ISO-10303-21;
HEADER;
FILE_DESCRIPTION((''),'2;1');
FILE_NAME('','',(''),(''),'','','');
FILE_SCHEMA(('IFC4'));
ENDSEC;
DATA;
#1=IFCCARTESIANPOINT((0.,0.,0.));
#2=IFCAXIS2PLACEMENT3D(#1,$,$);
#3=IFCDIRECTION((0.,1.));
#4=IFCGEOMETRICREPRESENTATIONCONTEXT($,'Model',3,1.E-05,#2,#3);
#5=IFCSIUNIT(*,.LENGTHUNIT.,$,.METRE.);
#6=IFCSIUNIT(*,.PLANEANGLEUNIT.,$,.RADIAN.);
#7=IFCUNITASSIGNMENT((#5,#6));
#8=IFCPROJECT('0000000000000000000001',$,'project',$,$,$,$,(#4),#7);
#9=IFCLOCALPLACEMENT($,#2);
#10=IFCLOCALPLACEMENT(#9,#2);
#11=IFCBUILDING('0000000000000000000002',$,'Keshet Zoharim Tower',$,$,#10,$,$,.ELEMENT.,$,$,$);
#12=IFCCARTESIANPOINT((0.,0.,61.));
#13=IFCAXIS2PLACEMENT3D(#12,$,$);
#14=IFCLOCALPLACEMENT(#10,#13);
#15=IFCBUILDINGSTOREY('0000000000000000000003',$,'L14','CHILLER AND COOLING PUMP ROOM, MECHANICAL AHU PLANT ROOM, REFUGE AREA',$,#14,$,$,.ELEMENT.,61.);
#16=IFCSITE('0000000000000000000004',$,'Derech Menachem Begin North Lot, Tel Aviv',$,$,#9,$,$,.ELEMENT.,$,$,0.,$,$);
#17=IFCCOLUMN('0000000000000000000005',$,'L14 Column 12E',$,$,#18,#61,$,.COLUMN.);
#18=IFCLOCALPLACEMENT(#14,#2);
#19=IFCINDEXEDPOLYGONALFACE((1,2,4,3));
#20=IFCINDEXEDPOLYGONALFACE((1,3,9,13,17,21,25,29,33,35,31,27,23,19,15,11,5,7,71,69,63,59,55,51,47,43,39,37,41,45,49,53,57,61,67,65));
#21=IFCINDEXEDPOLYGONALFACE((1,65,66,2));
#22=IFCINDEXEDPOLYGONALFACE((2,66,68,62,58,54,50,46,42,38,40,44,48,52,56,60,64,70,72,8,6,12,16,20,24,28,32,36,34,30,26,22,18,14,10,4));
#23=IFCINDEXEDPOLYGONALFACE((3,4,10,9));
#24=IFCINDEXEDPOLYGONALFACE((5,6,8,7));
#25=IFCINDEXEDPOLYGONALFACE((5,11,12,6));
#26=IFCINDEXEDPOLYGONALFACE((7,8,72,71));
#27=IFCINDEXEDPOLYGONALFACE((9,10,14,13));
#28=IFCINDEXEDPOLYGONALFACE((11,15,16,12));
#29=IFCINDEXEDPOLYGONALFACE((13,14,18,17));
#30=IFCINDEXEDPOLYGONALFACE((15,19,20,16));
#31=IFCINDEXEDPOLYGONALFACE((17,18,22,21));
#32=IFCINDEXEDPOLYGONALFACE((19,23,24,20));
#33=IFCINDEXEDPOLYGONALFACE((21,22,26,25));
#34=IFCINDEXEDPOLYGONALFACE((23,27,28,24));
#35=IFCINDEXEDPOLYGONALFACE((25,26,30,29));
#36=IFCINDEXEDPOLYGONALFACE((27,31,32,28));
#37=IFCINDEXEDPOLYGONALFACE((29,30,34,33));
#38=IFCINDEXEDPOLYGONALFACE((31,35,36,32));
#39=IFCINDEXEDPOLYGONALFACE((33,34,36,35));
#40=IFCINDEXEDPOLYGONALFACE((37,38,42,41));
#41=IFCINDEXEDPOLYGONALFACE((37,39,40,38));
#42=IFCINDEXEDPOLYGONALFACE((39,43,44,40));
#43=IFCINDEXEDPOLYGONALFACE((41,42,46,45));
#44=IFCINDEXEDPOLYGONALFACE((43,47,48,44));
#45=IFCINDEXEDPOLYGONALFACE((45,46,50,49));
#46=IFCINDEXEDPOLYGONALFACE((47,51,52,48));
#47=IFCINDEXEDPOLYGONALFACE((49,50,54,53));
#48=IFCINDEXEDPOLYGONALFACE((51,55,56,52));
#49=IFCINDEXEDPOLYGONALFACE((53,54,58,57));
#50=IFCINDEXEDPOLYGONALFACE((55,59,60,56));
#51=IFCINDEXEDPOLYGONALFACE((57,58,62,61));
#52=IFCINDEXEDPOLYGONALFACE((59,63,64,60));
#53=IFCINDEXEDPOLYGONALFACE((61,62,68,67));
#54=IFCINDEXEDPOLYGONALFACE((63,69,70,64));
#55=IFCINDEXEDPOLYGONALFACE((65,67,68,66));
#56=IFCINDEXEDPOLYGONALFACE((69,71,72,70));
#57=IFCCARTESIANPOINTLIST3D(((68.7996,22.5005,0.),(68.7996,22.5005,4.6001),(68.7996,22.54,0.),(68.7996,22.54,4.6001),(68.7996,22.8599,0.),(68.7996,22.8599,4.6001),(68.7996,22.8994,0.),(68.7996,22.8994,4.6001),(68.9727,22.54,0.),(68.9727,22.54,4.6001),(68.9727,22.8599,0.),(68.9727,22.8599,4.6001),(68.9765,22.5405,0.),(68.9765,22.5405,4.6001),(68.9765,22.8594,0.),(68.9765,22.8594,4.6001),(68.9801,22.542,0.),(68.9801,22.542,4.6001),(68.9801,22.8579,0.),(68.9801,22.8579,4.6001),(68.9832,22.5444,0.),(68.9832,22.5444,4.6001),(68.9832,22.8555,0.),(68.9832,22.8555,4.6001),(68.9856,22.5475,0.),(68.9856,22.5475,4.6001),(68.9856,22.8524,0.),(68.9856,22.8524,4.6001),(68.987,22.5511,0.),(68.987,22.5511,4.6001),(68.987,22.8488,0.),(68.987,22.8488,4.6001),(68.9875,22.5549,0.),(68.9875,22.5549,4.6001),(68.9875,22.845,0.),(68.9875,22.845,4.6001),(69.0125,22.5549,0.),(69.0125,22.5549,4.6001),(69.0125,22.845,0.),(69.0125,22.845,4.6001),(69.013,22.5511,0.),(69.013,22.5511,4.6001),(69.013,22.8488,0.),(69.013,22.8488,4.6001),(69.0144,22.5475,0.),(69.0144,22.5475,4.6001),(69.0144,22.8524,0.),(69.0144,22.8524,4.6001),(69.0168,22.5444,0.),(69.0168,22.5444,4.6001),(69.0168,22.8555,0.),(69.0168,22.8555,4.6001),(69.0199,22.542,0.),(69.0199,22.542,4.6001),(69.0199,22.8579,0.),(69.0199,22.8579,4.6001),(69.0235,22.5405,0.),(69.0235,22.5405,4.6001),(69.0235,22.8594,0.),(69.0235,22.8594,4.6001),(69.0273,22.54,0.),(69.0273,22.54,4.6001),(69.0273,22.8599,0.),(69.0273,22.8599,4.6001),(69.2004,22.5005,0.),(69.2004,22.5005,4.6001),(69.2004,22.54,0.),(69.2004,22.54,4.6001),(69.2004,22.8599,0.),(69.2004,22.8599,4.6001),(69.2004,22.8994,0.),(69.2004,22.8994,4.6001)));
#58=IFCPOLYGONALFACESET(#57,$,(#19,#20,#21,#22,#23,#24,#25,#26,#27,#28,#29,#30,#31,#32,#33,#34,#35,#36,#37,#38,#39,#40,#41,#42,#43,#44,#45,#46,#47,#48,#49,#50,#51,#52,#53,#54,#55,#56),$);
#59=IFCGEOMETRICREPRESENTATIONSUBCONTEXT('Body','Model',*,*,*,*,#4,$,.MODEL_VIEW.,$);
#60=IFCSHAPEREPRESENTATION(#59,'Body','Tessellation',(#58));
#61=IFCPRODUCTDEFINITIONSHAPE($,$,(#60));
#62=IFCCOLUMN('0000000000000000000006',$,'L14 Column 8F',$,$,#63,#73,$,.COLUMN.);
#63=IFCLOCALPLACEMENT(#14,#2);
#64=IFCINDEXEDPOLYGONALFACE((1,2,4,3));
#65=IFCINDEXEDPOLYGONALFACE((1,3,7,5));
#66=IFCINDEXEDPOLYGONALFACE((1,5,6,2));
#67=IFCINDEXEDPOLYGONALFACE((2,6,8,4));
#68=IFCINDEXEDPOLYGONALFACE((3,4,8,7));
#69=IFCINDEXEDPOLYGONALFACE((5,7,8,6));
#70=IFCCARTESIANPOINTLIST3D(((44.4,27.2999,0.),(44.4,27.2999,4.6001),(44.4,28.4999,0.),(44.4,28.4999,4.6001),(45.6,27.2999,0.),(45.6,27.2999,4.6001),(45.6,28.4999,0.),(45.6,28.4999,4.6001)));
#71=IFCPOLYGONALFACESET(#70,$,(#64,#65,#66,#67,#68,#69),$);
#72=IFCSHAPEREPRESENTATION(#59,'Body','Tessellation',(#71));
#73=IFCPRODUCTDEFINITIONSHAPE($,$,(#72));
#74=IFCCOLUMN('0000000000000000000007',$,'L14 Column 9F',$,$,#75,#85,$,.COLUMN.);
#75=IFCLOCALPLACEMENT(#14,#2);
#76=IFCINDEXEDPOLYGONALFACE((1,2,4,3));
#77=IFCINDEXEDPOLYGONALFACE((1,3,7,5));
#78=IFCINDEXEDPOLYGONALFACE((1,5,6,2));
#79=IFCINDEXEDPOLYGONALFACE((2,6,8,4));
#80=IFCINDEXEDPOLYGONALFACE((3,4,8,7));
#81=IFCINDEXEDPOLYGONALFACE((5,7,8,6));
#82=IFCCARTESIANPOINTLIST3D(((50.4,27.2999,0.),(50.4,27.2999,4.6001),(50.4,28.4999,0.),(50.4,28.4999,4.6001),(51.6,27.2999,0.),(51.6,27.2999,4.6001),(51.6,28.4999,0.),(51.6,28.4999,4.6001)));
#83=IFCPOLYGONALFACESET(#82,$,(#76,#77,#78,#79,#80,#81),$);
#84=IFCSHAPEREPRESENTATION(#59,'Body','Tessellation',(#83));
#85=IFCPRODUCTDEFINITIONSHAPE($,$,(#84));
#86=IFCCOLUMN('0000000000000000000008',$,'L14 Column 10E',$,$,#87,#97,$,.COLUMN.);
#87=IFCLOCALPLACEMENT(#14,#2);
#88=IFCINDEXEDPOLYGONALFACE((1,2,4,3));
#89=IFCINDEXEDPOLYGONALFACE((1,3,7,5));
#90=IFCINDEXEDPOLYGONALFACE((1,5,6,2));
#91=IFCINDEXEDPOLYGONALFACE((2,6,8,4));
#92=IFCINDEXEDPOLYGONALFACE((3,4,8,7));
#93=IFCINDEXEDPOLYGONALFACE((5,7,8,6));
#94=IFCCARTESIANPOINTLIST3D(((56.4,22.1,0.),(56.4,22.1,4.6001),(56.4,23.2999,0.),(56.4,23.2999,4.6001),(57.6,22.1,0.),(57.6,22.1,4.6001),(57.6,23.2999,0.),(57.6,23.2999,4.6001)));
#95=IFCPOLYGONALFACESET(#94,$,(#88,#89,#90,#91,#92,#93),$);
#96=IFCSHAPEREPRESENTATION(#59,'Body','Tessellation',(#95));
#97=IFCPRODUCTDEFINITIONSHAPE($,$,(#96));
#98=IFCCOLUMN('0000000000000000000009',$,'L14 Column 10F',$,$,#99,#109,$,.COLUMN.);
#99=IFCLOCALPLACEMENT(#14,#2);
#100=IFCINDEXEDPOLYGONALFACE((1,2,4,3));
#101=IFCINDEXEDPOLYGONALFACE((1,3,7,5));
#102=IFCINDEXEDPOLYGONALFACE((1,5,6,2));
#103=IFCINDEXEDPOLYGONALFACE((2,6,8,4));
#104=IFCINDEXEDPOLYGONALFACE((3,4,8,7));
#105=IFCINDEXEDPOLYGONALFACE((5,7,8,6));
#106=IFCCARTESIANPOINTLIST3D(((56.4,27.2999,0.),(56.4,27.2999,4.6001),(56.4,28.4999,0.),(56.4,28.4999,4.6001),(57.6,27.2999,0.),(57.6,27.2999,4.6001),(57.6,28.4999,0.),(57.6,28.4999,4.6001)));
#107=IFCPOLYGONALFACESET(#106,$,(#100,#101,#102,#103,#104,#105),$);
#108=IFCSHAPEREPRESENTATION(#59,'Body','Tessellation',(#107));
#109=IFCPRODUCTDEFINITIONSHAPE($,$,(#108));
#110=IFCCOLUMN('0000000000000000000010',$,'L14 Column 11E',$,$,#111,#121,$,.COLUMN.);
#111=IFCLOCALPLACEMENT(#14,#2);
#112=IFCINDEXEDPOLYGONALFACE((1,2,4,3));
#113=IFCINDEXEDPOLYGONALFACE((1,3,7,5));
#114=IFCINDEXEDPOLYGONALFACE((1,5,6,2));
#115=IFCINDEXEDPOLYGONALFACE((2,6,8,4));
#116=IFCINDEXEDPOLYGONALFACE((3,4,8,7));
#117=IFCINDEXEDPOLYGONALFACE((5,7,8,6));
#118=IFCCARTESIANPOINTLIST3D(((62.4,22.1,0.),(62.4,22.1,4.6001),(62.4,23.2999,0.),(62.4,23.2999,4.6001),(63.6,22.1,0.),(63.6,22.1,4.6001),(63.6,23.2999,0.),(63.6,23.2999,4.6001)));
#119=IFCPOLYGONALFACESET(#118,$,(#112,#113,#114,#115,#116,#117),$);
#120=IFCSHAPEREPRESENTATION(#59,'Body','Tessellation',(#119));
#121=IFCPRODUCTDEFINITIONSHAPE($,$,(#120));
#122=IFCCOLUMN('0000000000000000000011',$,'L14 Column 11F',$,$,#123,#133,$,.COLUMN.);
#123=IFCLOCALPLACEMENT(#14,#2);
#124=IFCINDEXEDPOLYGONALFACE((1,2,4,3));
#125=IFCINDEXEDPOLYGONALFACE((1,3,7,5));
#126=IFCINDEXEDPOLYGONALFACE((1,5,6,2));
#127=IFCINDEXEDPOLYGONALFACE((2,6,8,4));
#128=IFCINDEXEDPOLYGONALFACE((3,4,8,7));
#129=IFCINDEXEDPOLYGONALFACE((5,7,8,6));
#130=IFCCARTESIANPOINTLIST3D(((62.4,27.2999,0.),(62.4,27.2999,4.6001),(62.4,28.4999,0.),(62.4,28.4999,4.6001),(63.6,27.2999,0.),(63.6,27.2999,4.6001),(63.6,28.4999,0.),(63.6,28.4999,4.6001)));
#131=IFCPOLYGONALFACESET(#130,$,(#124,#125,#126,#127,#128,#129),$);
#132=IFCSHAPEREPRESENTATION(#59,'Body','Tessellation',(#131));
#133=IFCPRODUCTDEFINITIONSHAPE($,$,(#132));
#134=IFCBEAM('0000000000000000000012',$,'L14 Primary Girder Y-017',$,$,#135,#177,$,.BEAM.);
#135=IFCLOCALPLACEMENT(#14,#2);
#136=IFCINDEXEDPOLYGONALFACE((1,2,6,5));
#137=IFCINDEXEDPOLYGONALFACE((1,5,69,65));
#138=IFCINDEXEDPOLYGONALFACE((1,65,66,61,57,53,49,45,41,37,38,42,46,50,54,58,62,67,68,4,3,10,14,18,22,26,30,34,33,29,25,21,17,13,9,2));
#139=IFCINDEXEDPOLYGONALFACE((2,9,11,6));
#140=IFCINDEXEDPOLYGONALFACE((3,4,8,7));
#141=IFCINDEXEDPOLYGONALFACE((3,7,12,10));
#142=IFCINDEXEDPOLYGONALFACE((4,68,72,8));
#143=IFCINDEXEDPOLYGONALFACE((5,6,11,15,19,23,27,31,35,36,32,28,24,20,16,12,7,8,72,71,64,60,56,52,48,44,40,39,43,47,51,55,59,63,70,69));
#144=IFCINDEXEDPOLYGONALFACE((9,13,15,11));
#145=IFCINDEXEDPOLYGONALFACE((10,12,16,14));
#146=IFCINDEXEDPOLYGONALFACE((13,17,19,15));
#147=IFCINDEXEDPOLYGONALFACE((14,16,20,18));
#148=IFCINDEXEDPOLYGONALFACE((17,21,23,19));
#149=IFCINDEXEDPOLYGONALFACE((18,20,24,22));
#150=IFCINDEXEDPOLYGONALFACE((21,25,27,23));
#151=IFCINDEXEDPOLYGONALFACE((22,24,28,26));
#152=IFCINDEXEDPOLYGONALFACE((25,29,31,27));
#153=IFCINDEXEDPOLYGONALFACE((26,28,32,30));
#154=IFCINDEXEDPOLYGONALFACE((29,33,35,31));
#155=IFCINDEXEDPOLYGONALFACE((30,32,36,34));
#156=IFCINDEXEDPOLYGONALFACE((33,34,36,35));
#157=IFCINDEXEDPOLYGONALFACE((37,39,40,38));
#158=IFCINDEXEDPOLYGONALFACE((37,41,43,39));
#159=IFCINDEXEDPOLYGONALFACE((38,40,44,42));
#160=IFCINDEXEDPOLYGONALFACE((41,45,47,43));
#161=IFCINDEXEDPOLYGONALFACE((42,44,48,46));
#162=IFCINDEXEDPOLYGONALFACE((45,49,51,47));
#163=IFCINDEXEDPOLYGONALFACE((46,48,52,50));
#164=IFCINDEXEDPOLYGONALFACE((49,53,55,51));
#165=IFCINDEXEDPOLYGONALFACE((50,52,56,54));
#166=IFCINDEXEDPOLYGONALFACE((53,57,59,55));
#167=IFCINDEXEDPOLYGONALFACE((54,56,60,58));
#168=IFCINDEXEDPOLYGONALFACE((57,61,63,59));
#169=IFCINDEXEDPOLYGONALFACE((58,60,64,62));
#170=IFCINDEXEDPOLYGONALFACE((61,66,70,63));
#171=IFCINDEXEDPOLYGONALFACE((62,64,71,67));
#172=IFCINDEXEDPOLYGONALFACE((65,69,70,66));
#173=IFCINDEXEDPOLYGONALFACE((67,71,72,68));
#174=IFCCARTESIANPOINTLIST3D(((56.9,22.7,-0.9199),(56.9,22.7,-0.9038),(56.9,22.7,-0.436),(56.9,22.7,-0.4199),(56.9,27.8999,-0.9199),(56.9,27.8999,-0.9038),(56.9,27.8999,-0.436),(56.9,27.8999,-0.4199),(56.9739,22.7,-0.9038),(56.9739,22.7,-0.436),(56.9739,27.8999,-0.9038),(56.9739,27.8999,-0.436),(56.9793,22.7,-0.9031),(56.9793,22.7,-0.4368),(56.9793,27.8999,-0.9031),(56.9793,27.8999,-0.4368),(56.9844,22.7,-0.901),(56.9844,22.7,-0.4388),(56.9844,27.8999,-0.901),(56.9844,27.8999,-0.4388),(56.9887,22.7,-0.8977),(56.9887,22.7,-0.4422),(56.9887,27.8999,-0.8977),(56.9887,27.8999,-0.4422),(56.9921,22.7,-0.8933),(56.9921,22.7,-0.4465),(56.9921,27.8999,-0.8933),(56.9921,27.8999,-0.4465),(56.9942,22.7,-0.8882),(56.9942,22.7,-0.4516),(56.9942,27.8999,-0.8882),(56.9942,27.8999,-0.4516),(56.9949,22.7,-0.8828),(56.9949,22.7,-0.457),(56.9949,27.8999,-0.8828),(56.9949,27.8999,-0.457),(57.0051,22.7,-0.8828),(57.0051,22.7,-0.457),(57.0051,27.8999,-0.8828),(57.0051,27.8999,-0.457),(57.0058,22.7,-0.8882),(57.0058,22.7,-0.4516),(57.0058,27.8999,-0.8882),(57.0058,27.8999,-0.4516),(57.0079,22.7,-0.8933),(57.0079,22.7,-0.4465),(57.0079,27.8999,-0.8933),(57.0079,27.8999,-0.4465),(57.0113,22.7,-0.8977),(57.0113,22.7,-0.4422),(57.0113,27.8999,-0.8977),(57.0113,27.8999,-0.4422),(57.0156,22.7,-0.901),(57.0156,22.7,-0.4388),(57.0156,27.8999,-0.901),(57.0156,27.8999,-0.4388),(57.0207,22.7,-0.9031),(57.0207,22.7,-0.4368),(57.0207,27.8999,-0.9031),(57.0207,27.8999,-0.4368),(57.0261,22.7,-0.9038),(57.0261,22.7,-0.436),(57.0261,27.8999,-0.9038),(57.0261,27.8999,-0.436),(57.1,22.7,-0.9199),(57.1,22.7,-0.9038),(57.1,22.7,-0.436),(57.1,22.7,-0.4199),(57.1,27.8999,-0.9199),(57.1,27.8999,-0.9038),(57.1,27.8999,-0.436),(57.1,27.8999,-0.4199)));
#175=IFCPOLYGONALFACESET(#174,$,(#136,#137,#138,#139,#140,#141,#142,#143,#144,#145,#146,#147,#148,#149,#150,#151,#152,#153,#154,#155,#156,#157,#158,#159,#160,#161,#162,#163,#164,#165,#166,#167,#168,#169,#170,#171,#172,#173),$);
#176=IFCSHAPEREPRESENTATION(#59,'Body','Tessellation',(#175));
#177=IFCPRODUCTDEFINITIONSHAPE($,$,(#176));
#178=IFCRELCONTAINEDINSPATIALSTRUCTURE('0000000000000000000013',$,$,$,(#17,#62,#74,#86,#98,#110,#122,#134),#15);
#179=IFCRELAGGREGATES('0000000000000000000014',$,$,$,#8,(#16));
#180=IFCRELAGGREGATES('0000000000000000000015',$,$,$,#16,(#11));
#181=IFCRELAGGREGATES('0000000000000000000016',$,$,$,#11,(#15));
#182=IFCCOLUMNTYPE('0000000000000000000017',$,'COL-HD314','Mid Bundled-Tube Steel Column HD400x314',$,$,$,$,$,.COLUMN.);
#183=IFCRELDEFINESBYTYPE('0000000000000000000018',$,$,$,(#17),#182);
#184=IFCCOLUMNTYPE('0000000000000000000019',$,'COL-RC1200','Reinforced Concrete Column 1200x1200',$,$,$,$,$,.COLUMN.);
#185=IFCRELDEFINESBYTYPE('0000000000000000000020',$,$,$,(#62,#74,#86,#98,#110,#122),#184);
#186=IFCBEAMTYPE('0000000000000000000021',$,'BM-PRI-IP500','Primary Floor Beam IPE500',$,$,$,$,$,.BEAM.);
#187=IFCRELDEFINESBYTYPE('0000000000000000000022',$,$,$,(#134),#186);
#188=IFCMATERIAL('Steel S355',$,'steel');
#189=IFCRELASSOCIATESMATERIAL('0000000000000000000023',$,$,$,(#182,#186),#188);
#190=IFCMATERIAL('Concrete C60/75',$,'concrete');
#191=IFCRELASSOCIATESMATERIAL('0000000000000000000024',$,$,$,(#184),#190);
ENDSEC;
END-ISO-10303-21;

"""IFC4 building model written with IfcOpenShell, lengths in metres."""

from ifc_helpers import new_model, si_unit, direction, frame, origin, origin_2d, place, context, subcontext, project, spatial, rectangle, i_section, extrude, material, material_profile, profile_set, type_object, element, save


model = new_model("IFC4")

# Units and contexts
model_context = context("Model", 3, precision=1e-05, world=origin(), true_north=direction((0.0, 1.0)))
body_context = subcontext(model_context, "Body", "Model", "MODEL_VIEW")
ifc_project = project(units=[si_unit("LENGTHUNIT", "METRE"), si_unit("PLANEANGLEUNIT", "RADIAN")], contexts=[model_context])

# Site, building, storey
site_placement = place(None, origin())
site = spatial("IfcSite", under=ifc_project, at=site_placement, Name="Derech Menachem Begin North Lot, Tel Aviv", CompositionType="ELEMENT", RefElevation=0.0)
building_placement = place(site_placement, origin())
building = spatial("IfcBuilding", under=site, at=building_placement, Name="Keshet Zoharim Tower", CompositionType="ELEMENT")
storey_placement = place(building_placement, frame((0.0, 0.0, 61.0)))
storey = spatial("IfcBuildingStorey", under=building, at=storey_placement, Name="L14", Description="CHILLER AND COOLING PUMP ROOM, MECHANICAL AHU PLANT ROOM, REFUGE AREA", CompositionType="ELEMENT", Elevation=61.0)

# Columns
ifc_material_1 = material(Name="Steel S355", Category="steel")
ifc_material_profile_1 = material_profile(ifc_material_1, i_section(OverallWidth=0.4009, OverallDepth=0.3989, WebThickness=0.0249, FlangeThickness=0.0396, FilletRadius=0.0149, at=origin_2d()), Name="HD400x314")
ifc_profile_set_1 = profile_set([ifc_material_profile_1], Name="Steel S355")
column_type_1 = type_object("IfcColumnType", Name="COL-HD314", Description="Mid Bundled-Tube Steel Column HD400x314", PredefinedType="COLUMN", material=ifc_profile_set_1)
column_placement = place(storey_placement, frame((69.0, 22.7, 0.0), z_axis=(0.0, 0.0, 1.0), x_axis=(1.0, 0.0, 0.0)))
element("IfcColumn", 1, at=column_placement, inside=storey, type_object=column_type_1, Name="L14 Column 12E", PredefinedType="COLUMN", context=body_context, shape_type="SweptSolid", body=[
    extrude(i_section(OverallWidth=0.4009, OverallDepth=0.3989, WebThickness=0.0249, FlangeThickness=0.0396, FilletRadius=0.0149, at=origin_2d()), origin(), (0.0, 0.0, 1.0), 4.6001),
])
ifc_material_2 = material(Name="Concrete C60/75", Category="concrete")
ifc_material_profile_2 = material_profile(ifc_material_2, rectangle(XDim=1.2, YDim=1.2, at=origin_2d()), Name="RC1200x1200")
ifc_profile_set_2 = profile_set([ifc_material_profile_2], Name="Concrete C60/75")
column_type_2 = type_object("IfcColumnType", Name="COL-RC1200", Description="Reinforced Concrete Column 1200x1200", PredefinedType="COLUMN", material=ifc_profile_set_2)
for number, where, z_axis, x_axis, name in (
    (2, (45.0, 27.8999, 0.0), (0.0, 0.0, 1.0), (1.0, 0.0, 0.0), "L14 Column 8F"),
    (3, (51.0, 27.8999, 0.0), (0.0, 0.0, 1.0), (1.0, 0.0, 0.0), "L14 Column 9F"),
    (4, (57.0, 22.7, 0.0), (0.0, 0.0, 1.0), (1.0, 0.0, 0.0), "L14 Column 10E"),
    (5, (57.0, 27.8999, 0.0), (0.0, 0.0, 1.0), (1.0, 0.0, 0.0), "L14 Column 10F"),
    (6, (63.0, 22.7, 0.0), (0.0, 0.0, 1.0), (1.0, 0.0, 0.0), "L14 Column 11E"),
    (7, (63.0, 27.8999, 0.0), (0.0, 0.0, 1.0), (1.0, 0.0, 0.0), "L14 Column 11F"),
):
    element("IfcColumn", number, at=place(storey_placement, frame(where, z_axis=z_axis, x_axis=x_axis)), inside=storey, type_object=column_type_2, Name=name, PredefinedType="COLUMN", context=body_context, shape_type="SweptSolid", body=[
        extrude(rectangle(XDim=1.2, YDim=1.2, at=origin_2d()), origin(), (0.0, 0.0, 1.0), 4.6001),
    ])

# Beam
ifc_material_profile_3 = material_profile(ifc_material_1, i_section(OverallWidth=0.2, OverallDepth=0.5, WebThickness=0.0103, FlangeThickness=0.0161, FilletRadius=0.021, at=origin_2d()), Name="IPE500")
ifc_profile_set_3 = profile_set([ifc_material_profile_3], Name="Steel S355")
beam_type_1 = type_object("IfcBeamType", Name="BM-PRI-IP500", Description="Primary Floor Beam IPE500", PredefinedType="BEAM", material=ifc_profile_set_3)
for number, where, z_axis, x_axis, name in (
    (8, (57.0, 22.7, -0.6699), (0.0, 1.0, 0.0), (-1.0, 0.0, 0.0), "L14 Primary Girder Y-017"),
):
    element("IfcBeam", number, at=place(storey_placement, frame(where, z_axis=z_axis, x_axis=x_axis)), inside=storey, type_object=beam_type_1, Name=name, PredefinedType="BEAM", context=body_context, shape_type="SweptSolid", body=[
        extrude(i_section(OverallWidth=0.2, OverallDepth=0.5, WebThickness=0.0103, FlangeThickness=0.0161, FilletRadius=0.021, at=origin_2d()), origin(), (0.0, 0.0, 1.0), 5.2),
    ])

save(model, "model.ifc")
